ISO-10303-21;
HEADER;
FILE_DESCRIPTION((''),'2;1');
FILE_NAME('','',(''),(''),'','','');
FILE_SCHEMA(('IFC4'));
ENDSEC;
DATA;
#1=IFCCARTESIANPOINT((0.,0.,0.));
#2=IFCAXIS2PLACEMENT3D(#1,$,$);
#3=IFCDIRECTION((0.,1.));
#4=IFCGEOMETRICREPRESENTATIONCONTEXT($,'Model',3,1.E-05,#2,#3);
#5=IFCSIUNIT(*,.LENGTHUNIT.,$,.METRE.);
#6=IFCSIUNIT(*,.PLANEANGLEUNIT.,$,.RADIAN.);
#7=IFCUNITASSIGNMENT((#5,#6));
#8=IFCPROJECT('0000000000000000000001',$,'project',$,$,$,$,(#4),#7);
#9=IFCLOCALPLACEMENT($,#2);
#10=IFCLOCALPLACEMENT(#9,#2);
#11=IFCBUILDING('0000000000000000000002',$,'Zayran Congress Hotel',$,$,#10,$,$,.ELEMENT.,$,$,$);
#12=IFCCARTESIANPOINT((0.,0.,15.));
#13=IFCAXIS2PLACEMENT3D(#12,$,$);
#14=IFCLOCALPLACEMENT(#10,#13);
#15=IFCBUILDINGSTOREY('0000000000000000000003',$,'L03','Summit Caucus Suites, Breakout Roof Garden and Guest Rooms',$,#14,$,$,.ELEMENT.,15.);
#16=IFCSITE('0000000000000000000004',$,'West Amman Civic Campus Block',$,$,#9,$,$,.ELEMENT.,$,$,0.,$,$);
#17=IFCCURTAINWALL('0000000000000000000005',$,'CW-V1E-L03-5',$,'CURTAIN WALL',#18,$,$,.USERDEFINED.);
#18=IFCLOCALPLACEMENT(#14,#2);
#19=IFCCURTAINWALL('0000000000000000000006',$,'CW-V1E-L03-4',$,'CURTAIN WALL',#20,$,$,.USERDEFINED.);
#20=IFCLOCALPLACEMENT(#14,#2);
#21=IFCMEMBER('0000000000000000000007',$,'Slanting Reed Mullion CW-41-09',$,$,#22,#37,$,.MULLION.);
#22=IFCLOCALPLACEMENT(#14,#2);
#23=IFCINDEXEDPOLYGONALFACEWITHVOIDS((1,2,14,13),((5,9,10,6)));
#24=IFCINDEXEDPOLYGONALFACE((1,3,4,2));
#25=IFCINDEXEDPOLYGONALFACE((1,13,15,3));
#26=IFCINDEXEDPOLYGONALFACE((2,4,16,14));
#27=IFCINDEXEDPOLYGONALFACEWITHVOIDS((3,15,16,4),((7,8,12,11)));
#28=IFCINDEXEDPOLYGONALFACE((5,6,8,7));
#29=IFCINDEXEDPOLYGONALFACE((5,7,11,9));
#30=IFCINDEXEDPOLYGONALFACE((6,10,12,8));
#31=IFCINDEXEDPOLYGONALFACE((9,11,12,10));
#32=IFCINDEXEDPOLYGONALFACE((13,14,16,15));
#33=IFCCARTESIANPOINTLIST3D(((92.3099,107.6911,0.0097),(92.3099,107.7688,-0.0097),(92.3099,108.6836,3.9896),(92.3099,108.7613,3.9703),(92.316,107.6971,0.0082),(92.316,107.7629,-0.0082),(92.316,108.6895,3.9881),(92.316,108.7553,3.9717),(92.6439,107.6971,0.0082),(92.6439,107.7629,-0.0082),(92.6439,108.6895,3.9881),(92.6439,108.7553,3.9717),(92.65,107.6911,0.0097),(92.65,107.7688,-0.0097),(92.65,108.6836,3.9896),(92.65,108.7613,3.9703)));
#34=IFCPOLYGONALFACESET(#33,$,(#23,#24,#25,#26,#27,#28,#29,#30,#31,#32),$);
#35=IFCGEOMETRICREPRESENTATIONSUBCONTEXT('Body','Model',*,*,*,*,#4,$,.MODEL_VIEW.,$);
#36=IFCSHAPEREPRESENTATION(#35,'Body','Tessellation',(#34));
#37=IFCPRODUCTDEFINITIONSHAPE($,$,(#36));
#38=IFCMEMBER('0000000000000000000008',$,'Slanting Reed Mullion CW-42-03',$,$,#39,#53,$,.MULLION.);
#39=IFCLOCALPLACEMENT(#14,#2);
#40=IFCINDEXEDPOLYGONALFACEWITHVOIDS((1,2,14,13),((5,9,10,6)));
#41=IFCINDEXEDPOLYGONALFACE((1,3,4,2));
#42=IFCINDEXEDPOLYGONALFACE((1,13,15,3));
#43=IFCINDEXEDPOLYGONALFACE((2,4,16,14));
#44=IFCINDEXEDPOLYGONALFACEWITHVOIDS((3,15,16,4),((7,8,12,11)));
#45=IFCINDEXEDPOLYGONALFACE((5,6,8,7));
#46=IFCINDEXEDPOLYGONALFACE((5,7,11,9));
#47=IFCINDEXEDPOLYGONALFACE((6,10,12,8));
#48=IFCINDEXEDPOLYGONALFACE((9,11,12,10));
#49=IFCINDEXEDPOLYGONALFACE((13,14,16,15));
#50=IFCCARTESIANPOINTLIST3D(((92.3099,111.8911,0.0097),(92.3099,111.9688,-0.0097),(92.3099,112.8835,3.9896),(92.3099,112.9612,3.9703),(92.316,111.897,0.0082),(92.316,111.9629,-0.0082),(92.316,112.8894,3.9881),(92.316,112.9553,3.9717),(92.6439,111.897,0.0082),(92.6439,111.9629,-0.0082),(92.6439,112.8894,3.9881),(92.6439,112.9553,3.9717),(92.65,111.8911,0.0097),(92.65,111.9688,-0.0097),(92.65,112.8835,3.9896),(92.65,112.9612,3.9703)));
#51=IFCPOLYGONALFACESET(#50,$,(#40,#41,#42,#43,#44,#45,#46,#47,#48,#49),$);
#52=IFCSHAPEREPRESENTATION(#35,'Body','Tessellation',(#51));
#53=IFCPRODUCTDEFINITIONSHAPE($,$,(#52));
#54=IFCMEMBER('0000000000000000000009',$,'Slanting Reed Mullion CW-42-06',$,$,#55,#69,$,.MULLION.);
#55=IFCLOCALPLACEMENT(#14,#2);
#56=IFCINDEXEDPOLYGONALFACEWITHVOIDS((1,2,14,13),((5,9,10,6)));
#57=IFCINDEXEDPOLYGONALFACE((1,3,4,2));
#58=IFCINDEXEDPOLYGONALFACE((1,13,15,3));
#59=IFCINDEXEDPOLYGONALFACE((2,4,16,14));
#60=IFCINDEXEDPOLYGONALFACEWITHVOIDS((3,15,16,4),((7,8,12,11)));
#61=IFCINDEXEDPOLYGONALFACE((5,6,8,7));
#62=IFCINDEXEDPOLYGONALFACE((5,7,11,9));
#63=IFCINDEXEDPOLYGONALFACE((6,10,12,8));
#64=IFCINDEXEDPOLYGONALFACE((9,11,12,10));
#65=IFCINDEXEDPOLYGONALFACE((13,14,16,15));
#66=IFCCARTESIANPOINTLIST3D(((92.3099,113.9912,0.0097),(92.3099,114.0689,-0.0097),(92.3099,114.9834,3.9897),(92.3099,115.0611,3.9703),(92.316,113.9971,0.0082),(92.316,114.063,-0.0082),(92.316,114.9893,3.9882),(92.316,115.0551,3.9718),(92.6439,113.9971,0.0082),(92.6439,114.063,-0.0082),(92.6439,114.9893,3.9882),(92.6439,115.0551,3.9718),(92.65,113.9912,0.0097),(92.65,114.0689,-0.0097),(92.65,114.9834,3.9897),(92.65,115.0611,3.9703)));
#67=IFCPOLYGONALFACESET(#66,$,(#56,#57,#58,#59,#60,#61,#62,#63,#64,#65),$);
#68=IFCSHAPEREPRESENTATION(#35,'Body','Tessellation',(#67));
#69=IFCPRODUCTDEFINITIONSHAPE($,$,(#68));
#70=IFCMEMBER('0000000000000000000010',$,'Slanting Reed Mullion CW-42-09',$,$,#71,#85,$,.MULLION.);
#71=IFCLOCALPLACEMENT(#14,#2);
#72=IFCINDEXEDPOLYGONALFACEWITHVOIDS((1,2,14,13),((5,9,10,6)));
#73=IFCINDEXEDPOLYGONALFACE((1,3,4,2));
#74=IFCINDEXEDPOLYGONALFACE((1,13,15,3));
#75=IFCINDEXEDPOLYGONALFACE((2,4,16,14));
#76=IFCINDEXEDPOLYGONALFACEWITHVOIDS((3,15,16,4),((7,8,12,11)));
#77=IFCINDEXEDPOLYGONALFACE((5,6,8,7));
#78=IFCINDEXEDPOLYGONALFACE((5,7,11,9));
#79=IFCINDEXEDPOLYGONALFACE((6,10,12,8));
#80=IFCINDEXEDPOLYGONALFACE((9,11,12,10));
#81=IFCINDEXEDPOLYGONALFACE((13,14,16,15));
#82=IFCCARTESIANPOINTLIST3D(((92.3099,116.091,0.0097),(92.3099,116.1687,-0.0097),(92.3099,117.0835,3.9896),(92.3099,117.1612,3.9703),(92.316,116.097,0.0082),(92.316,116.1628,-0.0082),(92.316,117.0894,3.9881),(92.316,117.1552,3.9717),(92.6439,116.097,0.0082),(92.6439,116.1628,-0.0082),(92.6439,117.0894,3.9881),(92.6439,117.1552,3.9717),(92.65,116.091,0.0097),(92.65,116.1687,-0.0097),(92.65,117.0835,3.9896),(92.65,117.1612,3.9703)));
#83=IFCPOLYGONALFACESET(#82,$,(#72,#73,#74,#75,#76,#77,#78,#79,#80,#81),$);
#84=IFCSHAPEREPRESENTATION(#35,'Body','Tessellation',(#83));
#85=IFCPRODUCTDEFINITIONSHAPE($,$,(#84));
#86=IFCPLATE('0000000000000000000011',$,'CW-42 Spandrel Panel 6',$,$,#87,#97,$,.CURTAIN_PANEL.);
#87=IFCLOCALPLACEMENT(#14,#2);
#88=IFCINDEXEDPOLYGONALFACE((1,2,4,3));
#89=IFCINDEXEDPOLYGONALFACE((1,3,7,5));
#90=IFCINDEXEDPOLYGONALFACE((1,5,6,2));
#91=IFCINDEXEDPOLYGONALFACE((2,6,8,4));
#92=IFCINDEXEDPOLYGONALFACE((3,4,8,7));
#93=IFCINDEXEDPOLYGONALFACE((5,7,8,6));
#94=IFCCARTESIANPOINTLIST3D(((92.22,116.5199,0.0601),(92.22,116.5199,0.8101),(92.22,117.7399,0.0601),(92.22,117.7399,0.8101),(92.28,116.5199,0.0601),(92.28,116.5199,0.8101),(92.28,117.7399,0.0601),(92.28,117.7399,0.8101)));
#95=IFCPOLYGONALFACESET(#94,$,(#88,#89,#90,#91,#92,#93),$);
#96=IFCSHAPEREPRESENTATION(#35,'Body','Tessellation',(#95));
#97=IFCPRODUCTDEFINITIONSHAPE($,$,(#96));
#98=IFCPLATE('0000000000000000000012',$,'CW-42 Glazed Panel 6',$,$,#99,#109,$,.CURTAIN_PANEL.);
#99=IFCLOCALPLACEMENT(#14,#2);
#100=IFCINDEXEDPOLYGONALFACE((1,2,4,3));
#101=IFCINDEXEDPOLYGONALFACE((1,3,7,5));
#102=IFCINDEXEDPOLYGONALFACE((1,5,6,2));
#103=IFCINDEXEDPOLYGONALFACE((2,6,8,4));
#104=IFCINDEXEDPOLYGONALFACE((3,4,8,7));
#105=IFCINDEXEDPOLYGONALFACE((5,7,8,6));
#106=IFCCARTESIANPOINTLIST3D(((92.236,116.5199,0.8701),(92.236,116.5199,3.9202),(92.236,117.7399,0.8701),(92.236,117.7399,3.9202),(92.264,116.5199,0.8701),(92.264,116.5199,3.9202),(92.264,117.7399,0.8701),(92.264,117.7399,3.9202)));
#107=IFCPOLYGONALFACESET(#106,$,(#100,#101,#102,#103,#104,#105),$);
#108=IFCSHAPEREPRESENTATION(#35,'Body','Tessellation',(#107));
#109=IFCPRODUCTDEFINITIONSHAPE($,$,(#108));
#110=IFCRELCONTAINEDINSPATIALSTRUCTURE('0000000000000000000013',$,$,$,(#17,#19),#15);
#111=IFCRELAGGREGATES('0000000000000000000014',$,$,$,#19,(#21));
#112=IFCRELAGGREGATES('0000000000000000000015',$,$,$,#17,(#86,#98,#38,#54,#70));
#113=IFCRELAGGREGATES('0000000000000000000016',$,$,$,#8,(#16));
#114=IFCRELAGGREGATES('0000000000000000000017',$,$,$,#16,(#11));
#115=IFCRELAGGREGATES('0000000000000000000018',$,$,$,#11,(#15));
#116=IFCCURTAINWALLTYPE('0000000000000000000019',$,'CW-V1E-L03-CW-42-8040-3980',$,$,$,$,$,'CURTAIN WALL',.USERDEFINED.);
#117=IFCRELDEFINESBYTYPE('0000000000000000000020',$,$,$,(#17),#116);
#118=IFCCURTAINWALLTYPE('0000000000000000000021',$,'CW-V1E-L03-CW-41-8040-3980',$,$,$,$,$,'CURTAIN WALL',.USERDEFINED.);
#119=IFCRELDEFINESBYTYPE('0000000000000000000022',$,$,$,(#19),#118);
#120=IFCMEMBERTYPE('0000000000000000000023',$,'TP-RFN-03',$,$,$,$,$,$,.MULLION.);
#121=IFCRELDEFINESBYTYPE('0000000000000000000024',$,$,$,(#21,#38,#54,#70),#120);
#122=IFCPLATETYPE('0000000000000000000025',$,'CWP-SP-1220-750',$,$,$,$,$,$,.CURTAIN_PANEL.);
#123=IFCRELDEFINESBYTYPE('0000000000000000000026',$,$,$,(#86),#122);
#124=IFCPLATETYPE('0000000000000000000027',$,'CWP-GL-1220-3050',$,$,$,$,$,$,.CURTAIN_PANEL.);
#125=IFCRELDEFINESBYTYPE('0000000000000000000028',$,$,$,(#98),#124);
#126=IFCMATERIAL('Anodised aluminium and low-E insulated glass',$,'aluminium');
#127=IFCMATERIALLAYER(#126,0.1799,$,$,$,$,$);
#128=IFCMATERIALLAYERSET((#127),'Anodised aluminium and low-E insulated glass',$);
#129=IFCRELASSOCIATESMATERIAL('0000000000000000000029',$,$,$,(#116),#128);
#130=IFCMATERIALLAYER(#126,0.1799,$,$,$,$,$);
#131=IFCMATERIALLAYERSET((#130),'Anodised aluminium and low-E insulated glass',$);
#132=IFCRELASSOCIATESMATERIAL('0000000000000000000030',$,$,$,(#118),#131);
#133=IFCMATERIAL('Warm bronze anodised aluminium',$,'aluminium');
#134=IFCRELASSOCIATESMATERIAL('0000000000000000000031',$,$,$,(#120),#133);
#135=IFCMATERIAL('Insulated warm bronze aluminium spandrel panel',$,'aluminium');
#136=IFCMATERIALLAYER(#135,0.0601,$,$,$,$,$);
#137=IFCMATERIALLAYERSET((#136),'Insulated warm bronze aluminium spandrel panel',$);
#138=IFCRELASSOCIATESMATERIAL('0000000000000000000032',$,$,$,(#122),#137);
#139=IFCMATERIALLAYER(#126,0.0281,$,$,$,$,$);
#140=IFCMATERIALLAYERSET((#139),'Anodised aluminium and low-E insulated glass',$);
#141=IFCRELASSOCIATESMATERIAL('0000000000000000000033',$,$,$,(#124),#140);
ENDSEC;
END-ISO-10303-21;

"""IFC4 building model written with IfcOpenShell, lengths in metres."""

from ifc_helpers import new_model, si_unit, direction, frame, origin, origin_2d, place, context, subcontext, project, spatial, rectangle, hollow_rectangle, extrude, material, layer, layer_set, material_profile, profile_set, type_object, element, aggregate, save


model = new_model("IFC4")

# Units and contexts
model_context = context("Model", 3, precision=1e-05, world=origin(), true_north=direction((0.0, 1.0)))
body_context = subcontext(model_context, "Body", "Model", "MODEL_VIEW")
ifc_project = project(units=[si_unit("LENGTHUNIT", "METRE"), si_unit("PLANEANGLEUNIT", "RADIAN")], contexts=[model_context])

# Site, building, storey
site_placement = place(None, origin())
site = spatial("IfcSite", under=ifc_project, at=site_placement, Name="West Amman Civic Campus Block", CompositionType="ELEMENT", RefElevation=0.0)
building_placement = place(site_placement, origin())
building = spatial("IfcBuilding", under=site, at=building_placement, Name="Zayran Congress Hotel", CompositionType="ELEMENT")
storey_placement = place(building_placement, frame((0.0, 0.0, 15.0)))
storey = spatial("IfcBuildingStorey", under=building, at=storey_placement, Name="L03", Description="Summit Caucus Suites, Breakout Roof Garden and Guest Rooms", CompositionType="ELEMENT", Elevation=15.0)

# Curtain wall
ifc_material_1 = material(Name="Anodised aluminium and low-E insulated glass", Category="aluminium")
ifc_layer_1 = layer(ifc_material_1, 0.1799)
ifc_layer_set_1 = layer_set([ifc_layer_1], Name="Anodised aluminium and low-E insulated glass")
curtain_wall_type_1 = type_object("IfcCurtainWallType", Name="CW-V1E-L03-CW-42-8040-3980", ElementType="CURTAIN WALL", PredefinedType="USERDEFINED", material=ifc_layer_set_1)
curtain_wall_1_placement = place(storey_placement, origin())
curtain_wall_1 = element("IfcCurtainWall", 1, at=curtain_wall_1_placement, inside=storey, type_object=curtain_wall_type_1, Name="CW-V1E-L03-5", ObjectType="CURTAIN WALL", PredefinedType="USERDEFINED")

# Curtain wall
ifc_layer_2 = layer(ifc_material_1, 0.1799)
ifc_layer_set_2 = layer_set([ifc_layer_2], Name="Anodised aluminium and low-E insulated glass")
curtain_wall_type_2 = type_object("IfcCurtainWallType", Name="CW-V1E-L03-CW-41-8040-3980", ElementType="CURTAIN WALL", PredefinedType="USERDEFINED", material=ifc_layer_set_2)
curtain_wall_2_placement = place(storey_placement, origin())
curtain_wall_2 = element("IfcCurtainWall", 2, at=curtain_wall_2_placement, inside=storey, type_object=curtain_wall_type_2, Name="CW-V1E-L03-4", ObjectType="CURTAIN WALL", PredefinedType="USERDEFINED")
ifc_material_2 = material(Name="Warm bronze anodised aluminium", Category="aluminium")

# Members
ifc_material_profile_1 = material_profile(ifc_material_2, hollow_rectangle(XDim=0.0801, YDim=0.3401, WallThickness=0.0061, at=origin_2d()), Name="RHS 340x80x6")
ifc_profile_set_1 = profile_set([ifc_material_profile_1], Name="Warm bronze anodised aluminium")
member_type_1 = type_object("IfcMemberType", Name="TP-RFN-03", PredefinedType="MULLION", material=ifc_profile_set_1)
member_1_placement = place(storey_placement, frame((92.48, 107.73, 0.0), z_axis=(0.0, 0.241947, 0.970289), x_axis=(0.0, -0.970289, 0.241947)))
member_1 = element("IfcMember", 3, at=member_1_placement, type_object=member_type_1, Name="Slanting Reed Mullion CW-41-09", PredefinedType="MULLION", context=body_context, shape_type="SweptSolid", body=[
    extrude(hollow_rectangle(XDim=0.0801, YDim=0.3401, WallThickness=0.0061, at=origin_2d()), origin(), (0.0, 0.0, 1.0), 4.1018),
])
aggregate(curtain_wall_2, [member_1])
member_2_placement = place(storey_placement, frame((92.48, 111.9299, 0.0), z_axis=(0.0, 0.241947, 0.970289), x_axis=(0.0, -0.970289, 0.241947)))
member_2 = element("IfcMember", 4, at=member_2_placement, type_object=member_type_1, Name="Slanting Reed Mullion CW-42-03", PredefinedType="MULLION", context=body_context, shape_type="SweptSolid", body=[
    extrude(hollow_rectangle(XDim=0.0801, YDim=0.3401, WallThickness=0.0061, at=origin_2d()), origin(), (0.0, 0.0, 1.0), 4.1018),
])
member_3_placement = place(storey_placement, frame((92.48, 114.03, 0.0), z_axis=(0.0, 0.241891, 0.970303), x_axis=(0.0, -0.970303, 0.241891)))
member_3 = element("IfcMember", 5, at=member_3_placement, type_object=member_type_1, Name="Slanting Reed Mullion CW-42-06", PredefinedType="MULLION", context=body_context, shape_type="SweptSolid", body=[
    extrude(hollow_rectangle(XDim=0.0801, YDim=0.3401, WallThickness=0.0061, at=origin_2d()), origin(), (0.0, 0.0, 1.0), 4.1018),
])
member_4_placement = place(storey_placement, frame((92.48, 116.1299, 0.0), z_axis=(0.0, 0.241947, 0.970289), x_axis=(0.0, -0.970289, 0.241947)))
member_4 = element("IfcMember", 6, at=member_4_placement, type_object=member_type_1, Name="Slanting Reed Mullion CW-42-09", PredefinedType="MULLION", context=body_context, shape_type="SweptSolid", body=[
    extrude(hollow_rectangle(XDim=0.0801, YDim=0.3401, WallThickness=0.0061, at=origin_2d()), origin(), (0.0, 0.0, 1.0), 4.1018),
])

# Plates
ifc_material_3 = material(Name="Insulated warm bronze aluminium spandrel panel", Category="aluminium")
ifc_layer_3 = layer(ifc_material_3, 0.0601)
ifc_layer_set_3 = layer_set([ifc_layer_3], Name="Insulated warm bronze aluminium spandrel panel")
plate_type_1 = type_object("IfcPlateType", Name="CWP-SP-1220-750", PredefinedType="CURTAIN_PANEL", material=ifc_layer_set_3)
plate_1_placement = place(storey_placement, frame((92.25, 117.1299, 0.0601), z_axis=(0.0, 0.0, 1.0), x_axis=(0.0, 1.0, 0.0)))
plate_1 = element("IfcPlate", 7, at=plate_1_placement, type_object=plate_type_1, Name="CW-42 Spandrel Panel 6", PredefinedType="CURTAIN_PANEL", context=body_context, shape_type="SweptSolid", body=[
    extrude(rectangle(XDim=1.22, YDim=0.0601, at=origin_2d()), origin(), (0.0, 0.0, 1.0), 0.75),
])
ifc_layer_4 = layer(ifc_material_1, 0.0281)
ifc_layer_set_4 = layer_set([ifc_layer_4], Name="Anodised aluminium and low-E insulated glass")
plate_type_2 = type_object("IfcPlateType", Name="CWP-GL-1220-3050", PredefinedType="CURTAIN_PANEL", material=ifc_layer_set_4)
plate_2_placement = place(storey_placement, frame((92.25, 117.1299, 0.8701), z_axis=(0.0, 0.0, 1.0), x_axis=(0.0, 1.0, 0.0)))
plate_2 = element("IfcPlate", 8, at=plate_2_placement, type_object=plate_type_2, Name="CW-42 Glazed Panel 6", PredefinedType="CURTAIN_PANEL", context=body_context, shape_type="SweptSolid", body=[
    extrude(rectangle(XDim=1.22, YDim=0.0281, at=origin_2d()), origin(), (0.0, 0.0, 1.0), 3.05),
])
aggregate(curtain_wall_1, [plate_1, plate_2, member_2, member_3, member_4])

save(model, "model.ifc")
